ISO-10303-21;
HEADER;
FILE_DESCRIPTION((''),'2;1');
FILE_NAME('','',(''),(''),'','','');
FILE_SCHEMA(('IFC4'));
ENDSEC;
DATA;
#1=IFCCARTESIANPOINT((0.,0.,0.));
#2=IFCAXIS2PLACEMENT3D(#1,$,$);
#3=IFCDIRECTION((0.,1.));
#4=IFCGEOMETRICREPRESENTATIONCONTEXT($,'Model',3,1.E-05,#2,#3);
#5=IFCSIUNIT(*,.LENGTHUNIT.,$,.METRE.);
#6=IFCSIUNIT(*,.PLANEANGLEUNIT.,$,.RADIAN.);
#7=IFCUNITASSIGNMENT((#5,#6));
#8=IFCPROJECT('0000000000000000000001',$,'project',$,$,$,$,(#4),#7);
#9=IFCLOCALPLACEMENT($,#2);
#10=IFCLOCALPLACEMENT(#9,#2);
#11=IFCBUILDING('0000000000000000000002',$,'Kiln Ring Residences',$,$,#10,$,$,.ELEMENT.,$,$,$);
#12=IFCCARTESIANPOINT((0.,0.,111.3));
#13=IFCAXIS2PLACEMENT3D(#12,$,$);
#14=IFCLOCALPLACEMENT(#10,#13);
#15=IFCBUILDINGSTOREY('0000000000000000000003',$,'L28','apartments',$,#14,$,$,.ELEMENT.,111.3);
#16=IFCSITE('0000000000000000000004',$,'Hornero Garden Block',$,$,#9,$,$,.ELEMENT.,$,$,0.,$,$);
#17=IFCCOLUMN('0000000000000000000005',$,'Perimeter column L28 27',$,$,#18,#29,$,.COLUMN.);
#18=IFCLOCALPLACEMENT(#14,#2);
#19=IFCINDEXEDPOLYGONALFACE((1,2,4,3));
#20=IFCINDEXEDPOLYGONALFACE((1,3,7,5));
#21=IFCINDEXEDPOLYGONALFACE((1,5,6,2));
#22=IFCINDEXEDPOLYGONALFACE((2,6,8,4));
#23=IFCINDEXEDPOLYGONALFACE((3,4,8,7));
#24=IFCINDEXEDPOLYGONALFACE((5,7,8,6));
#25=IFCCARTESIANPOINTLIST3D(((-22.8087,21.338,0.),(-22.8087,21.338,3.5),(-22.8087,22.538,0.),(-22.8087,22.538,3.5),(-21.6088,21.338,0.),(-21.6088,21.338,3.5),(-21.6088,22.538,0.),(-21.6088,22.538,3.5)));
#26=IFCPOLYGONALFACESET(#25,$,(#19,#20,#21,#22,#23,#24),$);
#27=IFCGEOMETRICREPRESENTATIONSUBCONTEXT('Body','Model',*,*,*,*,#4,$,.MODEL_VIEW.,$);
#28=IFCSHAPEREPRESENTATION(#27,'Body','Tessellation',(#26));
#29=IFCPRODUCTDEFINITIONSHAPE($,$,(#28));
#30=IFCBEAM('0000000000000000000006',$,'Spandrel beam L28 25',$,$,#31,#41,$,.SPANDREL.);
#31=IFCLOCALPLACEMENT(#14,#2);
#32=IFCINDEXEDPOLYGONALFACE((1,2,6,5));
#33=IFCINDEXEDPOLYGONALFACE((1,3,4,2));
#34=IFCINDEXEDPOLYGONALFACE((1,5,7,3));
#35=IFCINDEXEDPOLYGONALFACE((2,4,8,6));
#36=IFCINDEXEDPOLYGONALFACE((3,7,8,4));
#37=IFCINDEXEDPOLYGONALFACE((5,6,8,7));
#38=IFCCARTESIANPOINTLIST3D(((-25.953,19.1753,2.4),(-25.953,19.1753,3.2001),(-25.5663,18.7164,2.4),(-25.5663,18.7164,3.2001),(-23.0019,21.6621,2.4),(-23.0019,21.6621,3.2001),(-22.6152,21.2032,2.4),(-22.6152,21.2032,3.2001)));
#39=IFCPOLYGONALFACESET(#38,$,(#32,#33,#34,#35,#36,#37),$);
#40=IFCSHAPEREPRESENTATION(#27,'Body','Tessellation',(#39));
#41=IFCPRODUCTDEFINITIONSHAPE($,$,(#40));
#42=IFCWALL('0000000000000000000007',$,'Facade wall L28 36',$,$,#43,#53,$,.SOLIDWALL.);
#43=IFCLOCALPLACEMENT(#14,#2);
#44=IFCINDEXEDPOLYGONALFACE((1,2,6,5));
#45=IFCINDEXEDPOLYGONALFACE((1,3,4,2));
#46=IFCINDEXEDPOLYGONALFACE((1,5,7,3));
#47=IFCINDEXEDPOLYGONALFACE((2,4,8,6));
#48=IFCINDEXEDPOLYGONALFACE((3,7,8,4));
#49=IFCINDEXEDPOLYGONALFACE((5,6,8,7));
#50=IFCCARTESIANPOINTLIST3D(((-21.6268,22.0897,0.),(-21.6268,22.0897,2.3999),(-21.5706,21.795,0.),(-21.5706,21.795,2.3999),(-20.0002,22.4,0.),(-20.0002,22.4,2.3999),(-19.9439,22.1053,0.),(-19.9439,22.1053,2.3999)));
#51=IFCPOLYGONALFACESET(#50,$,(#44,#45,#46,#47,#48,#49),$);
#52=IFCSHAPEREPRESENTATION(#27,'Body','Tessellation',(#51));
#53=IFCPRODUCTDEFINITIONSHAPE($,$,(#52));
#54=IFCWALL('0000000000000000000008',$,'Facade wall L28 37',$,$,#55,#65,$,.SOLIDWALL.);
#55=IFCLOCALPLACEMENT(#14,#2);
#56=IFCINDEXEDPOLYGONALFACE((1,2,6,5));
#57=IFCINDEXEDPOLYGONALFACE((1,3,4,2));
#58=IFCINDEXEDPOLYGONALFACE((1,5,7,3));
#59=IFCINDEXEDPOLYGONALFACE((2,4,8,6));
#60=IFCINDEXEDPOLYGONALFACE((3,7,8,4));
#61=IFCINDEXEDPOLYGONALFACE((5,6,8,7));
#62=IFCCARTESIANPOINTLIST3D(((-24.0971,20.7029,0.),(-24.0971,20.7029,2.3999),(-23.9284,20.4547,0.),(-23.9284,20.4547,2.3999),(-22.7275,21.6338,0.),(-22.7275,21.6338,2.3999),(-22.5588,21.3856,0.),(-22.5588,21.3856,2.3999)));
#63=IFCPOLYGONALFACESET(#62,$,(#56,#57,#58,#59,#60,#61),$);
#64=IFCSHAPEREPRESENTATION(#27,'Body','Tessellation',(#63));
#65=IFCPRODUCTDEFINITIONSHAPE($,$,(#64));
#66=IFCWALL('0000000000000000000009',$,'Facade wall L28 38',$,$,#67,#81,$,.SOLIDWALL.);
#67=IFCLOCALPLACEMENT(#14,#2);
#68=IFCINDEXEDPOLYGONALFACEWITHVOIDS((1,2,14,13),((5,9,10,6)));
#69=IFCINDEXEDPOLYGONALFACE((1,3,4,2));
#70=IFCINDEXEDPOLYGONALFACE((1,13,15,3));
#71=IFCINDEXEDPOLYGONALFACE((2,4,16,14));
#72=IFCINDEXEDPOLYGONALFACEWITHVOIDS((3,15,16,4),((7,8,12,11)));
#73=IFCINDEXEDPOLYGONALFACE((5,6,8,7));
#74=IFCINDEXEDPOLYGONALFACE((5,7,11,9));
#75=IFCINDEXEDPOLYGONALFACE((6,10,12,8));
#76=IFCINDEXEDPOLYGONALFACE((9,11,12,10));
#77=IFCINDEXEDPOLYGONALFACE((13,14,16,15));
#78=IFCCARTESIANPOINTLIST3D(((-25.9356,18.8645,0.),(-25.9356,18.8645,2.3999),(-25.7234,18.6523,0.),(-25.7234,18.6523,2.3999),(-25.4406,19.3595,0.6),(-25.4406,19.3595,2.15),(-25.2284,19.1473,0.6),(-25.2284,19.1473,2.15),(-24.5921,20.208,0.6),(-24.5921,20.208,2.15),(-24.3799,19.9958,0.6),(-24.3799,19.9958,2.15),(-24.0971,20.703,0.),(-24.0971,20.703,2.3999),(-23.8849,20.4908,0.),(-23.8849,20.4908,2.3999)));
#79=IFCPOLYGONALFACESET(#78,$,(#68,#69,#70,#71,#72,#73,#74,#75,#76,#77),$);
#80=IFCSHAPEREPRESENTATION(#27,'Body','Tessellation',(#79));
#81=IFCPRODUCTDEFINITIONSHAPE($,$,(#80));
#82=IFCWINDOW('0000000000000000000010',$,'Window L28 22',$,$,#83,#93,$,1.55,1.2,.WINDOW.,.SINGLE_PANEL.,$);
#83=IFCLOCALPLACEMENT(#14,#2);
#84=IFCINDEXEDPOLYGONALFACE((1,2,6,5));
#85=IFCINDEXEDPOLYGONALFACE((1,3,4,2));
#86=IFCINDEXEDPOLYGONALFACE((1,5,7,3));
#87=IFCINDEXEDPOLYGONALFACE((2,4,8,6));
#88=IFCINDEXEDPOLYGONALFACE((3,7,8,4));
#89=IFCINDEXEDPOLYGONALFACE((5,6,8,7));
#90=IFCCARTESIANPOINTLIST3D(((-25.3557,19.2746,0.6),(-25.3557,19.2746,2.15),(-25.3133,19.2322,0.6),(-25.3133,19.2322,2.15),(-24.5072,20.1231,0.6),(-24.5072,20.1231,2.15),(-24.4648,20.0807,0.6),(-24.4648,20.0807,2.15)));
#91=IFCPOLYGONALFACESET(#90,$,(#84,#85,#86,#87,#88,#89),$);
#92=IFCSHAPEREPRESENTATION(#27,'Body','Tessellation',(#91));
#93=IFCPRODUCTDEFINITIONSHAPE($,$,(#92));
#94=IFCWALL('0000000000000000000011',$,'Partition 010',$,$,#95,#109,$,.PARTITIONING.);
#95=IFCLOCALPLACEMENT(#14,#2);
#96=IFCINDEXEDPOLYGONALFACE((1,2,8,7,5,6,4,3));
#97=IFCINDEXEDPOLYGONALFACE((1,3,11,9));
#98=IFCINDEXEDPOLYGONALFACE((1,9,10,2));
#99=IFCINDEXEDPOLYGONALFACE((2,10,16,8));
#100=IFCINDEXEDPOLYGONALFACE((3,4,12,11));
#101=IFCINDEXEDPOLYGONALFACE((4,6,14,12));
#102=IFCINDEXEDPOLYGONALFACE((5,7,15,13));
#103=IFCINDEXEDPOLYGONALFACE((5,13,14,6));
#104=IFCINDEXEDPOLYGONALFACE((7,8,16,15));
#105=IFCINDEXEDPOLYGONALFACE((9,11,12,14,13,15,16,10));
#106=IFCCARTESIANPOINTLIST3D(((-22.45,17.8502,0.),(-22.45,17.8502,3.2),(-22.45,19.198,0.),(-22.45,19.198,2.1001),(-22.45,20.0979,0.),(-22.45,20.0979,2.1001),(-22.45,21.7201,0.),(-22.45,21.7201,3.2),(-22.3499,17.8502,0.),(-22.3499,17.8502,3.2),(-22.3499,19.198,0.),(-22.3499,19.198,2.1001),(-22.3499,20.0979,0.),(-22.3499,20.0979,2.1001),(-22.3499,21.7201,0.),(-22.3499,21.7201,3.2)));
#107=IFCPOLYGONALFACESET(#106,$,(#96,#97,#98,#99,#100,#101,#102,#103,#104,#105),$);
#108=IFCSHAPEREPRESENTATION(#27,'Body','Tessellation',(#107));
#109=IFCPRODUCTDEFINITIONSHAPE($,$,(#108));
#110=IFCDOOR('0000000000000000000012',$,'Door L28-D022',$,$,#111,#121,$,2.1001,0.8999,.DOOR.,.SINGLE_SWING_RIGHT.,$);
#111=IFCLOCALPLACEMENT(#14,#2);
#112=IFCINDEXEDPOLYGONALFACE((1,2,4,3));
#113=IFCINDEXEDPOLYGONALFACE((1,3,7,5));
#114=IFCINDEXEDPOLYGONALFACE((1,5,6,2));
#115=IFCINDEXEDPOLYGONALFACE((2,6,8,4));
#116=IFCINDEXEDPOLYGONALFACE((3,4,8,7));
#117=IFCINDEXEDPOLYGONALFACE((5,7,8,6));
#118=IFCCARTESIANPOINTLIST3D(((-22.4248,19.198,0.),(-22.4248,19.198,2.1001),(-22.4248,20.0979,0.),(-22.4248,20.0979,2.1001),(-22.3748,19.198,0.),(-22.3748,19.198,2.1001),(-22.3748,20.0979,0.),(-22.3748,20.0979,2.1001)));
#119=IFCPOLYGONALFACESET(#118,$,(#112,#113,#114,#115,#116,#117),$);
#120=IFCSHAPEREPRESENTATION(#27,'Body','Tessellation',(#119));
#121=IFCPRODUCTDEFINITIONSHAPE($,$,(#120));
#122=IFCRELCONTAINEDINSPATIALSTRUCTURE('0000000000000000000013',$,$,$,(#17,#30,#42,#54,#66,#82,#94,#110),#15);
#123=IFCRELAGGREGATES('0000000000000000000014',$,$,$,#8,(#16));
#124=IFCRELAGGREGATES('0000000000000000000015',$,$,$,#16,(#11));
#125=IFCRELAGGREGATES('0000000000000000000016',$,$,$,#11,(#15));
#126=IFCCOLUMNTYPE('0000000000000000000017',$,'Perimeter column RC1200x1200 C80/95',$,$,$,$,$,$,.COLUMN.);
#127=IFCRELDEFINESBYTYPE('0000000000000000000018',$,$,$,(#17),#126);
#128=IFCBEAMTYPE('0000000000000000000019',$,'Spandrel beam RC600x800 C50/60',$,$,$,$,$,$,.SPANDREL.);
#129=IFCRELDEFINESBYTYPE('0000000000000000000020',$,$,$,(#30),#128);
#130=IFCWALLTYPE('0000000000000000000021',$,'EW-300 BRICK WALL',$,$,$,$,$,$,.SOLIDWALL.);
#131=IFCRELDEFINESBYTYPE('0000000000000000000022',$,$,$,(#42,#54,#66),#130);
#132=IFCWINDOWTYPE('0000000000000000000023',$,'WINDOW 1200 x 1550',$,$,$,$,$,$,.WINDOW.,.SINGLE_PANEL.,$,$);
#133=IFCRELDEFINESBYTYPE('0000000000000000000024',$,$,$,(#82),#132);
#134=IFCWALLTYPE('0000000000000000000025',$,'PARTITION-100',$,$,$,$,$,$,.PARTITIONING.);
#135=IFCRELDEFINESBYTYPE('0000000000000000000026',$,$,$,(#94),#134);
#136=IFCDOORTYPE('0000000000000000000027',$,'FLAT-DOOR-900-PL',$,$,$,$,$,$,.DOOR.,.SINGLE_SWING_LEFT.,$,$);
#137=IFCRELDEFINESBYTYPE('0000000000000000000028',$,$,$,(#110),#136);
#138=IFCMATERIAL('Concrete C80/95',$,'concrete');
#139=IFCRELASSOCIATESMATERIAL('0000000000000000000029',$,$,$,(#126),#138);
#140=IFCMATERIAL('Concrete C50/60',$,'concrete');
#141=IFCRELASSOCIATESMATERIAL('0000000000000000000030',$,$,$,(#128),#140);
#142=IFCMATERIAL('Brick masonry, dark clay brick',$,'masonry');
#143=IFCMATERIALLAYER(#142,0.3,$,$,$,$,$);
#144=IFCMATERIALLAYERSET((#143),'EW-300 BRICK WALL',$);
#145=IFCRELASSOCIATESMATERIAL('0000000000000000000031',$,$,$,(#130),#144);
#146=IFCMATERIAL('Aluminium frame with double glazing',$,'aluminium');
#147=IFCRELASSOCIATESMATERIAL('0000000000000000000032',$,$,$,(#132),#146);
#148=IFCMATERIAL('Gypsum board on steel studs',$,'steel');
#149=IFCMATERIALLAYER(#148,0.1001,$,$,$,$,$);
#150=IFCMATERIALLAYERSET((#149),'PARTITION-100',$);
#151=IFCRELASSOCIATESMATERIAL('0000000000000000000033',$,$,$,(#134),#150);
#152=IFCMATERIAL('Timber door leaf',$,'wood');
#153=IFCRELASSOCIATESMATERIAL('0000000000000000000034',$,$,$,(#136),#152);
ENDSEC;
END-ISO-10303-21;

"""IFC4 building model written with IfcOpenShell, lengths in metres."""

from ifc_helpers import new_model, si_unit, direction, frame, frame_2d, origin, origin_2d, place, context, subcontext, project, spatial, rectangle, extrude, material, layer, layer_set, material_profile, profile_set, type_object, element, fill, save


model = new_model("IFC4")

# Units and contexts
model_context = context("Model", 3, precision=1e-05, world=origin(), true_north=direction((0.0, 1.0)))
body_context = subcontext(model_context, "Body", "Model", "MODEL_VIEW")
ifc_project = project(units=[si_unit("LENGTHUNIT", "METRE"), si_unit("PLANEANGLEUNIT", "RADIAN")], contexts=[model_context])

# Site, building, storey
site_placement = place(None, origin())
site = spatial("IfcSite", under=ifc_project, at=site_placement, Name="Hornero Garden Block", CompositionType="ELEMENT", RefElevation=0.0)
building_placement = place(site_placement, origin())
building = spatial("IfcBuilding", under=site, at=building_placement, Name="Kiln Ring Residences", CompositionType="ELEMENT")
storey_placement = place(building_placement, frame((0.0, 0.0, 111.3)))
storey = spatial("IfcBuildingStorey", under=building, at=storey_placement, Name="L28", Description="apartments", CompositionType="ELEMENT", Elevation=111.3)

# Column
ifc_material_1 = material(Name="Concrete C80/95", Category="concrete")
ifc_material_profile_1 = material_profile(ifc_material_1, rectangle(XDim=1.2, YDim=1.2, at=origin_2d()), Name="RC1200x1200")
ifc_profile_set_1 = profile_set([ifc_material_profile_1], Name="Concrete C80/95")
column_type = type_object("IfcColumnType", Name="Perimeter column RC1200x1200 C80/95", PredefinedType="COLUMN", material=ifc_profile_set_1)
column_placement = place(storey_placement, frame((-22.2087, 21.938, 0.0), z_axis=(0.0, 0.0, 1.0), x_axis=(1.0, 0.0, 0.0)))
element("IfcColumn", 1, at=column_placement, inside=storey, type_object=column_type, Name="Perimeter column L28 27", PredefinedType="COLUMN", context=body_context, shape_type="SweptSolid", body=[
    extrude(rectangle(XDim=1.2, YDim=1.2, at=origin_2d()), origin(), (0.0, 0.0, 1.0), 3.5),
])

# Beam
ifc_material_2 = material(Name="Concrete C50/60", Category="concrete")
ifc_material_profile_2 = material_profile(ifc_material_2, rectangle(XDim=0.6001, YDim=0.8, at=origin_2d()), Name="RC600x800")
ifc_profile_set_2 = profile_set([ifc_material_profile_2], Name="Concrete C50/60")
beam_type = type_object("IfcBeamType", Name="Spandrel beam RC600x800 C50/60", PredefinedType="SPANDREL", material=ifc_profile_set_2)
beam_placement = place(storey_placement, frame((-22.8086, 21.4326, 2.8), z_axis=(-0.764704, -0.644381, 0.0), x_axis=(0.644381, -0.764704, 0.0)))
element("IfcBeam", 2, at=beam_placement, inside=storey, type_object=beam_type, Name="Spandrel beam L28 25", PredefinedType="SPANDREL", context=body_context, shape_type="SweptSolid", body=[
    extrude(rectangle(XDim=0.6001, YDim=0.8, at=origin_2d()), origin(), (0.0, 0.0, 1.0), 3.8591),
])

# Walls
ifc_material_3 = material(Name="Brick masonry, dark clay brick", Category="masonry")
ifc_layer_1 = layer(ifc_material_3, 0.3)
ifc_layer_set_1 = layer_set([ifc_layer_1], Name="EW-300 BRICK WALL")
wall_type_1 = type_object("IfcWallType", Name="EW-300 BRICK WALL", PredefinedType="SOLIDWALL", material=ifc_layer_set_1)
for number, where, z_axis, x_axis, name in (
    (3, (-19.9719, 22.2527, 0.0), (0.0, 0.0, 1.0), (-0.982288, -0.187376, 0.0), "Facade wall L28 36"),
    (4, (-22.6431, 21.5098, 0.0), (0.0, 0.0, 1.0), (-0.82705, -0.562129, 0.0), "Facade wall L28 37"),
):
    element("IfcWall", number, at=place(storey_placement, frame(where, z_axis=z_axis, x_axis=x_axis)), inside=storey, type_object=wall_type_1, Name=name, PredefinedType="SOLIDWALL", context=body_context, shape_type="SweptSolid", body=[
        extrude(rectangle(XDim=1.656, YDim=0.3, at=frame_2d((0.8281, 0.0))), origin(), (0.0, 0.0, 1.0), 2.3999),
    ])

# Wall, opening, window
wall_1_placement = place(storey_placement, frame((-23.991, 20.5969, 0.0), z_axis=(0.0, 0.0, 1.0), x_axis=(-0.707107, -0.707107, 0.0)))
wall_1 = element("IfcWall", 5, at=wall_1_placement, inside=storey, type_object=wall_type_1, Name="Facade wall L28 38", PredefinedType="SOLIDWALL", context=body_context, shape_type="SweptSolid", body=[
    extrude(rectangle(XDim=2.6001, YDim=0.3, at=frame_2d((1.3, 0.0))), origin(), (0.0, 0.0, 1.0), 2.3999),
])
opening_1_placement = place(wall_1_placement, frame((0.7, 0.0, 0.6001)))
opening_1 = element("IfcOpeningElement", 6, at=opening_1_placement, cuts=wall_1, PredefinedType="OPENING", context=body_context, shape_type="SweptSolid", body=[
    extrude(rectangle(XDim=1.2, YDim=1.55, at=frame_2d((0.6001, 0.7749))), frame((0.0, 0.1599, 0.0), z_axis=(0.0, -1.0, 0.0), x_axis=(1.0, 0.0, 0.0)), (0.0, 0.0, 1.0), 0.3201),
])
ifc_material_4 = material(Name="Aluminium frame with double glazing", Category="aluminium")
window_type = type_object("IfcWindowType", Name="WINDOW 1200 x 1550", PartitioningType="SINGLE_PANEL", PredefinedType="WINDOW", material=ifc_material_4)
window_placement = place(opening_1_placement, origin())
window = element("IfcWindow", 7, at=window_placement, inside=storey, type_object=window_type, Name="Window L28 22", OverallHeight=1.55, OverallWidth=1.2, PartitioningType="SINGLE_PANEL", PredefinedType="WINDOW", context=body_context, shape_type="SweptSolid", body=[
    extrude(rectangle(XDim=1.2, YDim=1.55, at=frame_2d((0.6001, 0.7749))), frame((0.0, 0.03, 0.0), z_axis=(0.0, -1.0, 0.0), x_axis=(1.0, 0.0, 0.0)), (0.0, 0.0, 1.0), 0.0601),
])
fill(opening_1, window)

# Wall, opening, door
ifc_material_5 = material(Name="Gypsum board on steel studs", Category="steel")
ifc_layer_2 = layer(ifc_material_5, 0.1001)
ifc_layer_set_2 = layer_set([ifc_layer_2], Name="PARTITION-100")
wall_type_2 = type_object("IfcWallType", Name="PARTITION-100", PredefinedType="PARTITIONING", material=ifc_layer_set_2)
wall_2_placement = place(storey_placement, frame((-22.3999, 17.8501, 0.0), z_axis=(0.0, 0.0, 1.0), x_axis=(0.0, 1.0, 0.0)))
wall_2 = element("IfcWall", 8, at=wall_2_placement, inside=storey, type_object=wall_type_2, Name="Partition 010", PredefinedType="PARTITIONING", context=body_context, shape_type="SweptSolid", body=[
    extrude(rectangle(XDim=3.8699, YDim=0.1001, at=frame_2d((1.9351, 0.0))), origin(), (0.0, 0.0, 1.0), 3.2),
])
opening_2_placement = place(wall_2_placement, frame((1.3479, 0.0, 0.0)))
opening_2 = element("IfcOpeningElement", 9, at=opening_2_placement, cuts=wall_2, PredefinedType="OPENING", context=body_context, shape_type="SweptSolid", body=[
    extrude(rectangle(XDim=0.8999, YDim=2.1001, at=frame_2d((0.45, 1.05))), frame((0.0, 0.0601, 0.0), z_axis=(0.0, -1.0, 0.0), x_axis=(1.0, 0.0, 0.0)), (0.0, 0.0, 1.0), 0.1201),
])
ifc_material_6 = material(Name="Timber door leaf", Category="wood")
door_type = type_object("IfcDoorType", Name="FLAT-DOOR-900-PL", OperationType="SINGLE_SWING_LEFT", PredefinedType="DOOR", material=ifc_material_6)
door_placement = place(opening_2_placement, origin())
door = element("IfcDoor", 10, at=door_placement, inside=storey, type_object=door_type, Name="Door L28-D022", OperationType="SINGLE_SWING_RIGHT", OverallHeight=2.1001, OverallWidth=0.8999, PredefinedType="DOOR", context=body_context, shape_type="SweptSolid", body=[
    extrude(rectangle(XDim=0.8999, YDim=2.1001, at=frame_2d((0.45, 1.05))), frame((0.0, 0.0249, 0.0), z_axis=(0.0, -1.0, 0.0), x_axis=(1.0, 0.0, 0.0)), (0.0, 0.0, 1.0), 0.05),
])
fill(opening_2, door)

save(model, "model.ifc")
